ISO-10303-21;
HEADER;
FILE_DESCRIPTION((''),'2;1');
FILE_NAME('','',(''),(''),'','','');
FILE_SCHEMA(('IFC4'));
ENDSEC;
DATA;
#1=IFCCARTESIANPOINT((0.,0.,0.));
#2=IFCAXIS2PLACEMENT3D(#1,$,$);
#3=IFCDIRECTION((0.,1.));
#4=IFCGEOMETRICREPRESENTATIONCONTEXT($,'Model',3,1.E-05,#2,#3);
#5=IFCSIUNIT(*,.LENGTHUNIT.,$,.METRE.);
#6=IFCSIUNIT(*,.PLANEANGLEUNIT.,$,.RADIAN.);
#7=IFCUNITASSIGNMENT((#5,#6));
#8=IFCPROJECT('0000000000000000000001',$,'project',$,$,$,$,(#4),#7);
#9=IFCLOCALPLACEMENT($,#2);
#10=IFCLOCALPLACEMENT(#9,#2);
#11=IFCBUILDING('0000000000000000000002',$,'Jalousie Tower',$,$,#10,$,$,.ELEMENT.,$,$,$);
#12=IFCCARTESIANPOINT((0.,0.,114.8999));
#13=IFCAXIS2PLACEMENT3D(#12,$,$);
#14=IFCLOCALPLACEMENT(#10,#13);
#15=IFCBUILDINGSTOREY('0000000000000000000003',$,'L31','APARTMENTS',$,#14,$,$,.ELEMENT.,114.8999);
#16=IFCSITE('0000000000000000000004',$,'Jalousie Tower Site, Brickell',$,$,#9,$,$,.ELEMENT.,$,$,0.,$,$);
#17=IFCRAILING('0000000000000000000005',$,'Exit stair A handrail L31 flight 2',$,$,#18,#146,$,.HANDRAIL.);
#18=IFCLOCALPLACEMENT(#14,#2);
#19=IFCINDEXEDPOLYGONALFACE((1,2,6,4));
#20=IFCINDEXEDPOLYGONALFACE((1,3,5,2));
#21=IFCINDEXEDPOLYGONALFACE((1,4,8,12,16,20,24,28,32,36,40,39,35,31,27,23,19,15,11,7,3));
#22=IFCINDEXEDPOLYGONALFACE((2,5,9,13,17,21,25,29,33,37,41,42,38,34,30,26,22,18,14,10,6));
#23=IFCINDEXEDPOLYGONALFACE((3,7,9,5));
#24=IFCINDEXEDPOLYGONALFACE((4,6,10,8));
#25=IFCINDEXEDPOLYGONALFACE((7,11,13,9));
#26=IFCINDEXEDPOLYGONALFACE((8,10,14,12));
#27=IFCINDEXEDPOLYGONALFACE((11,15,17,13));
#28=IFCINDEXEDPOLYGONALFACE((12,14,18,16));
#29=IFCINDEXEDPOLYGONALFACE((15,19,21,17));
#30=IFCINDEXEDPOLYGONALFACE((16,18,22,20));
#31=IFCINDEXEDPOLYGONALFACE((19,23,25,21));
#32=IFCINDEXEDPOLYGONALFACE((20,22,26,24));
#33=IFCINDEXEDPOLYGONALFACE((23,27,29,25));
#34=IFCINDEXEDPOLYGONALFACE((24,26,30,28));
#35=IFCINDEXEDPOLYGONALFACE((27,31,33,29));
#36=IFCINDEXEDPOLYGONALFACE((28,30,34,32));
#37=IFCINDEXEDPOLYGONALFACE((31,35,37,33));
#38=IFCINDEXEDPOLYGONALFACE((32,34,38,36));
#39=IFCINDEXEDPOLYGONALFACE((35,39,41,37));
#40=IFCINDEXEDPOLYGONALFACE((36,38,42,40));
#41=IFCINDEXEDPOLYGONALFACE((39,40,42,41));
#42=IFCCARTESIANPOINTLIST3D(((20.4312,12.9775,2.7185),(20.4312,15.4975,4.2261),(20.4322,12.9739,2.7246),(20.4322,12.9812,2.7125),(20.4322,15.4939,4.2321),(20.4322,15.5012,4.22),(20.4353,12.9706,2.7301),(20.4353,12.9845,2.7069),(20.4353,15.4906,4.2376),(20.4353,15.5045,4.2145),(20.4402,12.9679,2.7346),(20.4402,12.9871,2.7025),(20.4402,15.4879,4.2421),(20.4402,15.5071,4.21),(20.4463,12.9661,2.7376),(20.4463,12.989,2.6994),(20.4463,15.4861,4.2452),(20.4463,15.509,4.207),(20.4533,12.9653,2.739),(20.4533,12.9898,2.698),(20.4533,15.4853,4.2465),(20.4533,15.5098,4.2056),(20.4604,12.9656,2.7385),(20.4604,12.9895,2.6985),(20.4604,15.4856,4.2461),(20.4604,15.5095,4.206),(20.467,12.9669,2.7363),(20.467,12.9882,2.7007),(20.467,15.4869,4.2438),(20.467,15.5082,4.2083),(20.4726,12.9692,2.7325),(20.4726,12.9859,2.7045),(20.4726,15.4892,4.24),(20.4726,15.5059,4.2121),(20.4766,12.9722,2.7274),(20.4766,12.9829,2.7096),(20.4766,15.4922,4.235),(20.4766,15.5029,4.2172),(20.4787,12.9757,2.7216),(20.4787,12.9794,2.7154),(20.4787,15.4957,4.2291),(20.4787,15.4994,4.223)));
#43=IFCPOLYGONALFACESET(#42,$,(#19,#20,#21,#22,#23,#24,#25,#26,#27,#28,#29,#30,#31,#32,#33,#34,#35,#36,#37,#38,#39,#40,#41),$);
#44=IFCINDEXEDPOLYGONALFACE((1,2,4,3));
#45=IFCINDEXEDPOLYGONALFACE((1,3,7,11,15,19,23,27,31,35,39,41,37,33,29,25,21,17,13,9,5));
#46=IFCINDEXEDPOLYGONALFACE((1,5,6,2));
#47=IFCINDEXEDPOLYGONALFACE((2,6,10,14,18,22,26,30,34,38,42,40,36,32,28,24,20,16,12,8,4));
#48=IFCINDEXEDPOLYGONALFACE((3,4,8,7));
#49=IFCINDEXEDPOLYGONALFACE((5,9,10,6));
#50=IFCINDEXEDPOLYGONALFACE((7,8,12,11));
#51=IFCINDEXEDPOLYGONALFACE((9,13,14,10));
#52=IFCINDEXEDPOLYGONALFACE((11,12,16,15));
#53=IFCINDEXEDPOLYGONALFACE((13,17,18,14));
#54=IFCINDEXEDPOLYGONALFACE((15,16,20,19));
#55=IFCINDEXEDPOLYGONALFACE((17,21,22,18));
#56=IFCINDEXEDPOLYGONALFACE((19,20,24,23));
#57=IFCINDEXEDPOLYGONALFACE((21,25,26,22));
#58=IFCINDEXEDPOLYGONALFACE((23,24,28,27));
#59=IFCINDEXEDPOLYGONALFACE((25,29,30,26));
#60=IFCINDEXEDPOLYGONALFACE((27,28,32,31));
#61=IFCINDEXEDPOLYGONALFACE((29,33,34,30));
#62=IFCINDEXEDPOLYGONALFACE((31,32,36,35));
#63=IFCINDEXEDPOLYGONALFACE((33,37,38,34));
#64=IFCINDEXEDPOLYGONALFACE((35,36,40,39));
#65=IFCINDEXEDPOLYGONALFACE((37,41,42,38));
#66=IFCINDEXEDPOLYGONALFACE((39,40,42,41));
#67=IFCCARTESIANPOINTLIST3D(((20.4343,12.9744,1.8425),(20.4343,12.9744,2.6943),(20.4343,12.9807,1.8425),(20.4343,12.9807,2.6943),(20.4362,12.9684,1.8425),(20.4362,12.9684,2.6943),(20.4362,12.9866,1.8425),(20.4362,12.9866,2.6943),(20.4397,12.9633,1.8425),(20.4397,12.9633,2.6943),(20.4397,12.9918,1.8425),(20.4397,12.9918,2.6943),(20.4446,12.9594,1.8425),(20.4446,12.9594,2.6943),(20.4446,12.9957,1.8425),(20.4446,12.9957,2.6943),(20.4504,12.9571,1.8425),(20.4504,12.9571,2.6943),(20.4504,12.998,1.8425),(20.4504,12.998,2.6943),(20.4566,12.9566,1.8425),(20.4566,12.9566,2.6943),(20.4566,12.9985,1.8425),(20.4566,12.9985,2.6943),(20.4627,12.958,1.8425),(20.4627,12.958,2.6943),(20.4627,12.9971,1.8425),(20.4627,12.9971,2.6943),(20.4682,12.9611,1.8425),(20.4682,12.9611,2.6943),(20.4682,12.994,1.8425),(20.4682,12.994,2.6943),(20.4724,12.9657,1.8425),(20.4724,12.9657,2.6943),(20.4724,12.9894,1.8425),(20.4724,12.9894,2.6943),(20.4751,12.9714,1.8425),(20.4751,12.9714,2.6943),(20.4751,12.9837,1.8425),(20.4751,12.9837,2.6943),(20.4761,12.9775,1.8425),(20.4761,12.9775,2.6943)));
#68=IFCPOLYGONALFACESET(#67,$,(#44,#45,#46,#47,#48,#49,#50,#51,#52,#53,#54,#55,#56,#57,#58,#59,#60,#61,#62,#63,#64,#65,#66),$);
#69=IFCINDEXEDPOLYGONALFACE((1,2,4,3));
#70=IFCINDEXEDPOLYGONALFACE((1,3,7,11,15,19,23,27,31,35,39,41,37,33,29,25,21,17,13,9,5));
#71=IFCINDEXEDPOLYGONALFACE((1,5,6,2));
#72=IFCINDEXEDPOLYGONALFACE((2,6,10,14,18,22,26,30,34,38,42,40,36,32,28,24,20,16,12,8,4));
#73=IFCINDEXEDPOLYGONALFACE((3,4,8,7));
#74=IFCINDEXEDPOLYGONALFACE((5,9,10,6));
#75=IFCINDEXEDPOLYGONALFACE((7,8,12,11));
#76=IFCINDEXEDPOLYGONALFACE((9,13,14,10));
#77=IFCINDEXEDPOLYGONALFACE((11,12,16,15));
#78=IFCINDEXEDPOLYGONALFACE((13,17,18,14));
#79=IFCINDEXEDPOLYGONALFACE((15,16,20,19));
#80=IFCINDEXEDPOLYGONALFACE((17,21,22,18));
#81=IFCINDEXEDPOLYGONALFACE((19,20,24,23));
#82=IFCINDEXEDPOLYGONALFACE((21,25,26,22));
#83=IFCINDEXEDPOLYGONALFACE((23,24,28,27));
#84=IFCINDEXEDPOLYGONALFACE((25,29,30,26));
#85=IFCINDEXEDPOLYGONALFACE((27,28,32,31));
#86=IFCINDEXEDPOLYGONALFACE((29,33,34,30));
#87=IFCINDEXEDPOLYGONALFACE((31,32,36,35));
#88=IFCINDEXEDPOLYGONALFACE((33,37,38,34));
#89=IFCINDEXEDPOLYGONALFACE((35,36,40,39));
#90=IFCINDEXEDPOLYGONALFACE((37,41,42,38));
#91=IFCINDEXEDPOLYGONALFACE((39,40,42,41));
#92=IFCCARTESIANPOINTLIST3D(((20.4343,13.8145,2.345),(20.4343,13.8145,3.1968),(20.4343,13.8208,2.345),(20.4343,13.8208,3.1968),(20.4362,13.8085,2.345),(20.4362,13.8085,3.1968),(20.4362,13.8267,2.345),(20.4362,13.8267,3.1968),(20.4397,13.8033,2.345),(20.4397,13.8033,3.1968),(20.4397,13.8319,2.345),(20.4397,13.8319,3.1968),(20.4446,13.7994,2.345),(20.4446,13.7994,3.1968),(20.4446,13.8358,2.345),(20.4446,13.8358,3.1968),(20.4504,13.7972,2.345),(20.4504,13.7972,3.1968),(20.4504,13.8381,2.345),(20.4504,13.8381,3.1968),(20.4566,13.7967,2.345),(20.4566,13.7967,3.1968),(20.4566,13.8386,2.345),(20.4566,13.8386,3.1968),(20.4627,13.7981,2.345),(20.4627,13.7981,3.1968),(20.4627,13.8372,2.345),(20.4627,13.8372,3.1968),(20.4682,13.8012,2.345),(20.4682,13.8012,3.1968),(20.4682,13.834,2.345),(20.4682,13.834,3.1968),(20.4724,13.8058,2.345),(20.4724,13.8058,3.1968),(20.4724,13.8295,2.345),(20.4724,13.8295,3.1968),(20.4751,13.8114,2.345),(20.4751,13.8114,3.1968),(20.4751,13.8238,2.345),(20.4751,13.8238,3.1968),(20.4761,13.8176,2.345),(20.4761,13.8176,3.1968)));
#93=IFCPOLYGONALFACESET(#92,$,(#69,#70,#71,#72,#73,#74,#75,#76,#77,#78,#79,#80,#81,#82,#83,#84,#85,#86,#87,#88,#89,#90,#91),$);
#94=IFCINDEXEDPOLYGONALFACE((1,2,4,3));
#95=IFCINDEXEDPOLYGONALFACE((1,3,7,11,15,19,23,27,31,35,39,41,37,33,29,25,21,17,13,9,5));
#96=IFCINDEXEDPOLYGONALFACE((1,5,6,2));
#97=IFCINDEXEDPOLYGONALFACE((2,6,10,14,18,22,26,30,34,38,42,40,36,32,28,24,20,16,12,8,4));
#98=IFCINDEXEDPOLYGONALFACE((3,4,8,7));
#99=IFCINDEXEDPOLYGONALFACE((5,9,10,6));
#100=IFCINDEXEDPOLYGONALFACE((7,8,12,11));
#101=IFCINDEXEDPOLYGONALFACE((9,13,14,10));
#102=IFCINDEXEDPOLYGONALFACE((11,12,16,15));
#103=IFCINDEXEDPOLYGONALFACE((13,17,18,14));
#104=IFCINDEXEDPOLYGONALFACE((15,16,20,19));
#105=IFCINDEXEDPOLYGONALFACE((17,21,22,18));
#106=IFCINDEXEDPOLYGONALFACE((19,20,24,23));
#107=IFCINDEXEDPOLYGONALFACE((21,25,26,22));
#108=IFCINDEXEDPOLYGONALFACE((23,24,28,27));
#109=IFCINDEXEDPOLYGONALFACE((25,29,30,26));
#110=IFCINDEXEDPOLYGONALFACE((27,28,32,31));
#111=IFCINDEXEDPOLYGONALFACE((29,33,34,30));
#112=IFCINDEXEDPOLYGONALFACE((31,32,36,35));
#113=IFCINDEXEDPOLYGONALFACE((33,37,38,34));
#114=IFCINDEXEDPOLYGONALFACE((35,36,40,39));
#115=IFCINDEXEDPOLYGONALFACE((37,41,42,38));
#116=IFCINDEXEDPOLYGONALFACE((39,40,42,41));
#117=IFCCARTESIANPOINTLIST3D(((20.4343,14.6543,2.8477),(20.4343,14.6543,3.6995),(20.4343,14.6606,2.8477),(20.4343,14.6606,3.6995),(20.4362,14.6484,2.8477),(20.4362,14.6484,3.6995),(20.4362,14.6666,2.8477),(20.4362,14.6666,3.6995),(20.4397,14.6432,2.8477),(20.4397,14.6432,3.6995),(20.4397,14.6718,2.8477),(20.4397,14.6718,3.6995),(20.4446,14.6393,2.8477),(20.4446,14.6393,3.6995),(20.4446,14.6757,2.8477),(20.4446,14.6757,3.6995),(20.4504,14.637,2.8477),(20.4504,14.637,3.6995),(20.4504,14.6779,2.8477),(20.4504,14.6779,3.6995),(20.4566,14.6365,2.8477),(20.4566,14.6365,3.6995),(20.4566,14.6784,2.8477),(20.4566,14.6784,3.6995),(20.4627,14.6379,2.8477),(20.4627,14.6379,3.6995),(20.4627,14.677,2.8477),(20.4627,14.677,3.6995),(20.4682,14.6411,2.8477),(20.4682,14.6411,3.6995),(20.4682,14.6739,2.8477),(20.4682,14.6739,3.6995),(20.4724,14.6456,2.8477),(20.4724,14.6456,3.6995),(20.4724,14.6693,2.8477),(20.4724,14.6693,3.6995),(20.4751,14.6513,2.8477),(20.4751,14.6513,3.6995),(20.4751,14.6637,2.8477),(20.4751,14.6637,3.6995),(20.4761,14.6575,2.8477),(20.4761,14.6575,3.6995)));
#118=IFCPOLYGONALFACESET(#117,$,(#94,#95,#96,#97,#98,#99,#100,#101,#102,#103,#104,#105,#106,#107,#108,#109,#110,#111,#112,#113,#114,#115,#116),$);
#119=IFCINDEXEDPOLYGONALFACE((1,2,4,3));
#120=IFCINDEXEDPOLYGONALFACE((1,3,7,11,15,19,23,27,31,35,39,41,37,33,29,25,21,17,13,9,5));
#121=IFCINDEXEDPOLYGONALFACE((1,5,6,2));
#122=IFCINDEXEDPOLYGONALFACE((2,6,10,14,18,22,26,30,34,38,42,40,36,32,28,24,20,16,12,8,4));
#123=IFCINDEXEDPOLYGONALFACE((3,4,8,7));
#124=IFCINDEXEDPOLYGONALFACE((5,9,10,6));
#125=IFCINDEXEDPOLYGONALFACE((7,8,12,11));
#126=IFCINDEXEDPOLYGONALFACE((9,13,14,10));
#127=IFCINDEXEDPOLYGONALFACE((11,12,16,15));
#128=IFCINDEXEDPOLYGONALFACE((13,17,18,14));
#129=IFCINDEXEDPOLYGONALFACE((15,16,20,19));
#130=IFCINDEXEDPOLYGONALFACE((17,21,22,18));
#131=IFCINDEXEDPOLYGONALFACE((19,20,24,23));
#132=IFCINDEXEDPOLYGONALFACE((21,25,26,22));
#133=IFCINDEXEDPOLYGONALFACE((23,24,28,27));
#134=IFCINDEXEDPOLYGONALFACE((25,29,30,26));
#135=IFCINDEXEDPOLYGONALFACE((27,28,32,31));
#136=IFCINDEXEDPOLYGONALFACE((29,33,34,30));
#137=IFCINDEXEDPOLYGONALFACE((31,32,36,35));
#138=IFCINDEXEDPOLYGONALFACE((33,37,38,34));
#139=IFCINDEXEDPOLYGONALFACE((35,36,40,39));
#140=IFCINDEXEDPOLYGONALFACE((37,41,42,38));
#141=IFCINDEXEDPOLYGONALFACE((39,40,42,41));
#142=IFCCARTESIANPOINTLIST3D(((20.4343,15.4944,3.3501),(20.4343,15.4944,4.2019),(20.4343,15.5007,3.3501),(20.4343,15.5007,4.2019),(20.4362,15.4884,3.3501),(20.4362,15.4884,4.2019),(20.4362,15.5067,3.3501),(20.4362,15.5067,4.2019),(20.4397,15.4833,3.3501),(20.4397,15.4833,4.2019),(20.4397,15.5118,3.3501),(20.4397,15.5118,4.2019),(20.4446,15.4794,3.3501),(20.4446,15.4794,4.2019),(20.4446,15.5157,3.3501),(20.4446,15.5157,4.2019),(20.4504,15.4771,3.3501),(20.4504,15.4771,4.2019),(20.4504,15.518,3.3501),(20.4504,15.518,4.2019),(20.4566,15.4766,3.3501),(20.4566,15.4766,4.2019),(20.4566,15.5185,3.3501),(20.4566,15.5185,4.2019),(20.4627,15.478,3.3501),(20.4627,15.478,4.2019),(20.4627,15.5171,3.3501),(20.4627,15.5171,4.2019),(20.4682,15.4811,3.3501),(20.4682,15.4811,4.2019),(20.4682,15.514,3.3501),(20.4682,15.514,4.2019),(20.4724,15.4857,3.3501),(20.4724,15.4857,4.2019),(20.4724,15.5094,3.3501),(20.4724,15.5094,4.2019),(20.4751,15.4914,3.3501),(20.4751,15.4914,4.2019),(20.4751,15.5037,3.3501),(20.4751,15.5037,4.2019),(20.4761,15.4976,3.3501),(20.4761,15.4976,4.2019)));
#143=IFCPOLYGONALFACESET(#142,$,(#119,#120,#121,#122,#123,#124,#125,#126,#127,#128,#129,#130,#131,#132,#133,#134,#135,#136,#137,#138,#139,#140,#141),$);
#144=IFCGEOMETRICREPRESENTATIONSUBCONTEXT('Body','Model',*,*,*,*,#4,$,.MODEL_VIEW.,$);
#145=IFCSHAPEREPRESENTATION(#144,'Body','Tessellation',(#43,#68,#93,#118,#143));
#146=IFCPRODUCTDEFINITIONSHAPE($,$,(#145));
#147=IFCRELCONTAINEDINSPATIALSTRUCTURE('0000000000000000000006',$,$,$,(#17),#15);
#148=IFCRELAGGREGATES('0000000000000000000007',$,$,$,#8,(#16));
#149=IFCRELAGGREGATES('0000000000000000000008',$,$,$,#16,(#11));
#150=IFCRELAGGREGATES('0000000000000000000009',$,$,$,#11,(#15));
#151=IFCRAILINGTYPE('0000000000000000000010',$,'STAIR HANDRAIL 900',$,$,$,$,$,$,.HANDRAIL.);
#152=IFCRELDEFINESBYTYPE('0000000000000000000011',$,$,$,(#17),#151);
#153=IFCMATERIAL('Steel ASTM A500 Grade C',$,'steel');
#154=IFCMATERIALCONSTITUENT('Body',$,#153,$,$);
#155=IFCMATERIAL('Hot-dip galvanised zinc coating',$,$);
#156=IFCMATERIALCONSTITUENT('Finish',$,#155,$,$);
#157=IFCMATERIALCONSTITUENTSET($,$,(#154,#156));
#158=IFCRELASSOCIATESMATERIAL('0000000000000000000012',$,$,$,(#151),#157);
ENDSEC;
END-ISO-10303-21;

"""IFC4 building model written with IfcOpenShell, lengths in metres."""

from ifc_helpers import new_model, si_unit, direction, frame, origin, origin_2d, place, context, subcontext, project, spatial, circle, extrude, material, constituent, constituent_set, type_object, element, save


model = new_model("IFC4")

# Units and contexts
model_context = context("Model", 3, precision=1e-05, world=origin(), true_north=direction((0.0, 1.0)))
body_context = subcontext(model_context, "Body", "Model", "MODEL_VIEW")
ifc_project = project(units=[si_unit("LENGTHUNIT", "METRE"), si_unit("PLANEANGLEUNIT", "RADIAN")], contexts=[model_context])

# Site, building, storey
site_placement = place(None, origin())
site = spatial("IfcSite", under=ifc_project, at=site_placement, Name="Jalousie Tower Site, Brickell", CompositionType="ELEMENT", RefElevation=0.0)
building_placement = place(site_placement, origin())
building = spatial("IfcBuilding", under=site, at=building_placement, Name="Jalousie Tower", CompositionType="ELEMENT")
storey_placement = place(building_placement, frame((0.0, 0.0, 114.8999)))
storey = spatial("IfcBuildingStorey", under=building, at=storey_placement, Name="L31", Description="APARTMENTS", CompositionType="ELEMENT", Elevation=114.8999)

# Railing
ifc_material_1 = material(Name="Steel ASTM A500 Grade C", Category="steel")
ifc_constituent_1 = constituent(ifc_material_1, Name="Body")
ifc_material_2 = material(Name="Hot-dip galvanised zinc coating")
ifc_constituent_2 = constituent(ifc_material_2, Name="Finish")
ifc_constituent_set_1 = constituent_set(constituents=[ifc_constituent_1, ifc_constituent_2])
railing_type_1 = type_object("IfcRailingType", Name="STAIR HANDRAIL 900", PredefinedType="HANDRAIL", material=ifc_constituent_set_1)
railing_1_placement = place(storey_placement, frame((20.4551, 12.9775, 1.8425)))
element("IfcRailing", 1, at=railing_1_placement, inside=storey, type_object=railing_type_1, Name="Exit stair A handrail L31 flight 2", PredefinedType="HANDRAIL", context=body_context, shape_type="SweptSolid", body=[
    extrude(circle(Radius=0.0239, at=origin_2d()), frame((0.0, 0.0, 0.876), z_axis=(0.0, 0.85816, 0.513383), x_axis=(-1.0, 0.0, 0.0)), (0.0, 0.0, 1.0), 2.9365),
    extrude(circle(Radius=0.021, at=origin_2d()), origin(), (0.0, 0.0, 1.0), 0.8518),
    extrude(circle(Radius=0.021, at=origin_2d()), frame((0.0, 0.8401, 0.5024)), (0.0, 0.0, 1.0), 0.8518),
    extrude(circle(Radius=0.021, at=origin_2d()), frame((0.0, 1.6799, 1.0051)), (0.0, 0.0, 1.0), 0.8518),
    extrude(circle(Radius=0.021, at=origin_2d()), frame((0.0, 2.52, 1.5076)), (0.0, 0.0, 1.0), 0.8518),
])

save(model, "model.ifc")
